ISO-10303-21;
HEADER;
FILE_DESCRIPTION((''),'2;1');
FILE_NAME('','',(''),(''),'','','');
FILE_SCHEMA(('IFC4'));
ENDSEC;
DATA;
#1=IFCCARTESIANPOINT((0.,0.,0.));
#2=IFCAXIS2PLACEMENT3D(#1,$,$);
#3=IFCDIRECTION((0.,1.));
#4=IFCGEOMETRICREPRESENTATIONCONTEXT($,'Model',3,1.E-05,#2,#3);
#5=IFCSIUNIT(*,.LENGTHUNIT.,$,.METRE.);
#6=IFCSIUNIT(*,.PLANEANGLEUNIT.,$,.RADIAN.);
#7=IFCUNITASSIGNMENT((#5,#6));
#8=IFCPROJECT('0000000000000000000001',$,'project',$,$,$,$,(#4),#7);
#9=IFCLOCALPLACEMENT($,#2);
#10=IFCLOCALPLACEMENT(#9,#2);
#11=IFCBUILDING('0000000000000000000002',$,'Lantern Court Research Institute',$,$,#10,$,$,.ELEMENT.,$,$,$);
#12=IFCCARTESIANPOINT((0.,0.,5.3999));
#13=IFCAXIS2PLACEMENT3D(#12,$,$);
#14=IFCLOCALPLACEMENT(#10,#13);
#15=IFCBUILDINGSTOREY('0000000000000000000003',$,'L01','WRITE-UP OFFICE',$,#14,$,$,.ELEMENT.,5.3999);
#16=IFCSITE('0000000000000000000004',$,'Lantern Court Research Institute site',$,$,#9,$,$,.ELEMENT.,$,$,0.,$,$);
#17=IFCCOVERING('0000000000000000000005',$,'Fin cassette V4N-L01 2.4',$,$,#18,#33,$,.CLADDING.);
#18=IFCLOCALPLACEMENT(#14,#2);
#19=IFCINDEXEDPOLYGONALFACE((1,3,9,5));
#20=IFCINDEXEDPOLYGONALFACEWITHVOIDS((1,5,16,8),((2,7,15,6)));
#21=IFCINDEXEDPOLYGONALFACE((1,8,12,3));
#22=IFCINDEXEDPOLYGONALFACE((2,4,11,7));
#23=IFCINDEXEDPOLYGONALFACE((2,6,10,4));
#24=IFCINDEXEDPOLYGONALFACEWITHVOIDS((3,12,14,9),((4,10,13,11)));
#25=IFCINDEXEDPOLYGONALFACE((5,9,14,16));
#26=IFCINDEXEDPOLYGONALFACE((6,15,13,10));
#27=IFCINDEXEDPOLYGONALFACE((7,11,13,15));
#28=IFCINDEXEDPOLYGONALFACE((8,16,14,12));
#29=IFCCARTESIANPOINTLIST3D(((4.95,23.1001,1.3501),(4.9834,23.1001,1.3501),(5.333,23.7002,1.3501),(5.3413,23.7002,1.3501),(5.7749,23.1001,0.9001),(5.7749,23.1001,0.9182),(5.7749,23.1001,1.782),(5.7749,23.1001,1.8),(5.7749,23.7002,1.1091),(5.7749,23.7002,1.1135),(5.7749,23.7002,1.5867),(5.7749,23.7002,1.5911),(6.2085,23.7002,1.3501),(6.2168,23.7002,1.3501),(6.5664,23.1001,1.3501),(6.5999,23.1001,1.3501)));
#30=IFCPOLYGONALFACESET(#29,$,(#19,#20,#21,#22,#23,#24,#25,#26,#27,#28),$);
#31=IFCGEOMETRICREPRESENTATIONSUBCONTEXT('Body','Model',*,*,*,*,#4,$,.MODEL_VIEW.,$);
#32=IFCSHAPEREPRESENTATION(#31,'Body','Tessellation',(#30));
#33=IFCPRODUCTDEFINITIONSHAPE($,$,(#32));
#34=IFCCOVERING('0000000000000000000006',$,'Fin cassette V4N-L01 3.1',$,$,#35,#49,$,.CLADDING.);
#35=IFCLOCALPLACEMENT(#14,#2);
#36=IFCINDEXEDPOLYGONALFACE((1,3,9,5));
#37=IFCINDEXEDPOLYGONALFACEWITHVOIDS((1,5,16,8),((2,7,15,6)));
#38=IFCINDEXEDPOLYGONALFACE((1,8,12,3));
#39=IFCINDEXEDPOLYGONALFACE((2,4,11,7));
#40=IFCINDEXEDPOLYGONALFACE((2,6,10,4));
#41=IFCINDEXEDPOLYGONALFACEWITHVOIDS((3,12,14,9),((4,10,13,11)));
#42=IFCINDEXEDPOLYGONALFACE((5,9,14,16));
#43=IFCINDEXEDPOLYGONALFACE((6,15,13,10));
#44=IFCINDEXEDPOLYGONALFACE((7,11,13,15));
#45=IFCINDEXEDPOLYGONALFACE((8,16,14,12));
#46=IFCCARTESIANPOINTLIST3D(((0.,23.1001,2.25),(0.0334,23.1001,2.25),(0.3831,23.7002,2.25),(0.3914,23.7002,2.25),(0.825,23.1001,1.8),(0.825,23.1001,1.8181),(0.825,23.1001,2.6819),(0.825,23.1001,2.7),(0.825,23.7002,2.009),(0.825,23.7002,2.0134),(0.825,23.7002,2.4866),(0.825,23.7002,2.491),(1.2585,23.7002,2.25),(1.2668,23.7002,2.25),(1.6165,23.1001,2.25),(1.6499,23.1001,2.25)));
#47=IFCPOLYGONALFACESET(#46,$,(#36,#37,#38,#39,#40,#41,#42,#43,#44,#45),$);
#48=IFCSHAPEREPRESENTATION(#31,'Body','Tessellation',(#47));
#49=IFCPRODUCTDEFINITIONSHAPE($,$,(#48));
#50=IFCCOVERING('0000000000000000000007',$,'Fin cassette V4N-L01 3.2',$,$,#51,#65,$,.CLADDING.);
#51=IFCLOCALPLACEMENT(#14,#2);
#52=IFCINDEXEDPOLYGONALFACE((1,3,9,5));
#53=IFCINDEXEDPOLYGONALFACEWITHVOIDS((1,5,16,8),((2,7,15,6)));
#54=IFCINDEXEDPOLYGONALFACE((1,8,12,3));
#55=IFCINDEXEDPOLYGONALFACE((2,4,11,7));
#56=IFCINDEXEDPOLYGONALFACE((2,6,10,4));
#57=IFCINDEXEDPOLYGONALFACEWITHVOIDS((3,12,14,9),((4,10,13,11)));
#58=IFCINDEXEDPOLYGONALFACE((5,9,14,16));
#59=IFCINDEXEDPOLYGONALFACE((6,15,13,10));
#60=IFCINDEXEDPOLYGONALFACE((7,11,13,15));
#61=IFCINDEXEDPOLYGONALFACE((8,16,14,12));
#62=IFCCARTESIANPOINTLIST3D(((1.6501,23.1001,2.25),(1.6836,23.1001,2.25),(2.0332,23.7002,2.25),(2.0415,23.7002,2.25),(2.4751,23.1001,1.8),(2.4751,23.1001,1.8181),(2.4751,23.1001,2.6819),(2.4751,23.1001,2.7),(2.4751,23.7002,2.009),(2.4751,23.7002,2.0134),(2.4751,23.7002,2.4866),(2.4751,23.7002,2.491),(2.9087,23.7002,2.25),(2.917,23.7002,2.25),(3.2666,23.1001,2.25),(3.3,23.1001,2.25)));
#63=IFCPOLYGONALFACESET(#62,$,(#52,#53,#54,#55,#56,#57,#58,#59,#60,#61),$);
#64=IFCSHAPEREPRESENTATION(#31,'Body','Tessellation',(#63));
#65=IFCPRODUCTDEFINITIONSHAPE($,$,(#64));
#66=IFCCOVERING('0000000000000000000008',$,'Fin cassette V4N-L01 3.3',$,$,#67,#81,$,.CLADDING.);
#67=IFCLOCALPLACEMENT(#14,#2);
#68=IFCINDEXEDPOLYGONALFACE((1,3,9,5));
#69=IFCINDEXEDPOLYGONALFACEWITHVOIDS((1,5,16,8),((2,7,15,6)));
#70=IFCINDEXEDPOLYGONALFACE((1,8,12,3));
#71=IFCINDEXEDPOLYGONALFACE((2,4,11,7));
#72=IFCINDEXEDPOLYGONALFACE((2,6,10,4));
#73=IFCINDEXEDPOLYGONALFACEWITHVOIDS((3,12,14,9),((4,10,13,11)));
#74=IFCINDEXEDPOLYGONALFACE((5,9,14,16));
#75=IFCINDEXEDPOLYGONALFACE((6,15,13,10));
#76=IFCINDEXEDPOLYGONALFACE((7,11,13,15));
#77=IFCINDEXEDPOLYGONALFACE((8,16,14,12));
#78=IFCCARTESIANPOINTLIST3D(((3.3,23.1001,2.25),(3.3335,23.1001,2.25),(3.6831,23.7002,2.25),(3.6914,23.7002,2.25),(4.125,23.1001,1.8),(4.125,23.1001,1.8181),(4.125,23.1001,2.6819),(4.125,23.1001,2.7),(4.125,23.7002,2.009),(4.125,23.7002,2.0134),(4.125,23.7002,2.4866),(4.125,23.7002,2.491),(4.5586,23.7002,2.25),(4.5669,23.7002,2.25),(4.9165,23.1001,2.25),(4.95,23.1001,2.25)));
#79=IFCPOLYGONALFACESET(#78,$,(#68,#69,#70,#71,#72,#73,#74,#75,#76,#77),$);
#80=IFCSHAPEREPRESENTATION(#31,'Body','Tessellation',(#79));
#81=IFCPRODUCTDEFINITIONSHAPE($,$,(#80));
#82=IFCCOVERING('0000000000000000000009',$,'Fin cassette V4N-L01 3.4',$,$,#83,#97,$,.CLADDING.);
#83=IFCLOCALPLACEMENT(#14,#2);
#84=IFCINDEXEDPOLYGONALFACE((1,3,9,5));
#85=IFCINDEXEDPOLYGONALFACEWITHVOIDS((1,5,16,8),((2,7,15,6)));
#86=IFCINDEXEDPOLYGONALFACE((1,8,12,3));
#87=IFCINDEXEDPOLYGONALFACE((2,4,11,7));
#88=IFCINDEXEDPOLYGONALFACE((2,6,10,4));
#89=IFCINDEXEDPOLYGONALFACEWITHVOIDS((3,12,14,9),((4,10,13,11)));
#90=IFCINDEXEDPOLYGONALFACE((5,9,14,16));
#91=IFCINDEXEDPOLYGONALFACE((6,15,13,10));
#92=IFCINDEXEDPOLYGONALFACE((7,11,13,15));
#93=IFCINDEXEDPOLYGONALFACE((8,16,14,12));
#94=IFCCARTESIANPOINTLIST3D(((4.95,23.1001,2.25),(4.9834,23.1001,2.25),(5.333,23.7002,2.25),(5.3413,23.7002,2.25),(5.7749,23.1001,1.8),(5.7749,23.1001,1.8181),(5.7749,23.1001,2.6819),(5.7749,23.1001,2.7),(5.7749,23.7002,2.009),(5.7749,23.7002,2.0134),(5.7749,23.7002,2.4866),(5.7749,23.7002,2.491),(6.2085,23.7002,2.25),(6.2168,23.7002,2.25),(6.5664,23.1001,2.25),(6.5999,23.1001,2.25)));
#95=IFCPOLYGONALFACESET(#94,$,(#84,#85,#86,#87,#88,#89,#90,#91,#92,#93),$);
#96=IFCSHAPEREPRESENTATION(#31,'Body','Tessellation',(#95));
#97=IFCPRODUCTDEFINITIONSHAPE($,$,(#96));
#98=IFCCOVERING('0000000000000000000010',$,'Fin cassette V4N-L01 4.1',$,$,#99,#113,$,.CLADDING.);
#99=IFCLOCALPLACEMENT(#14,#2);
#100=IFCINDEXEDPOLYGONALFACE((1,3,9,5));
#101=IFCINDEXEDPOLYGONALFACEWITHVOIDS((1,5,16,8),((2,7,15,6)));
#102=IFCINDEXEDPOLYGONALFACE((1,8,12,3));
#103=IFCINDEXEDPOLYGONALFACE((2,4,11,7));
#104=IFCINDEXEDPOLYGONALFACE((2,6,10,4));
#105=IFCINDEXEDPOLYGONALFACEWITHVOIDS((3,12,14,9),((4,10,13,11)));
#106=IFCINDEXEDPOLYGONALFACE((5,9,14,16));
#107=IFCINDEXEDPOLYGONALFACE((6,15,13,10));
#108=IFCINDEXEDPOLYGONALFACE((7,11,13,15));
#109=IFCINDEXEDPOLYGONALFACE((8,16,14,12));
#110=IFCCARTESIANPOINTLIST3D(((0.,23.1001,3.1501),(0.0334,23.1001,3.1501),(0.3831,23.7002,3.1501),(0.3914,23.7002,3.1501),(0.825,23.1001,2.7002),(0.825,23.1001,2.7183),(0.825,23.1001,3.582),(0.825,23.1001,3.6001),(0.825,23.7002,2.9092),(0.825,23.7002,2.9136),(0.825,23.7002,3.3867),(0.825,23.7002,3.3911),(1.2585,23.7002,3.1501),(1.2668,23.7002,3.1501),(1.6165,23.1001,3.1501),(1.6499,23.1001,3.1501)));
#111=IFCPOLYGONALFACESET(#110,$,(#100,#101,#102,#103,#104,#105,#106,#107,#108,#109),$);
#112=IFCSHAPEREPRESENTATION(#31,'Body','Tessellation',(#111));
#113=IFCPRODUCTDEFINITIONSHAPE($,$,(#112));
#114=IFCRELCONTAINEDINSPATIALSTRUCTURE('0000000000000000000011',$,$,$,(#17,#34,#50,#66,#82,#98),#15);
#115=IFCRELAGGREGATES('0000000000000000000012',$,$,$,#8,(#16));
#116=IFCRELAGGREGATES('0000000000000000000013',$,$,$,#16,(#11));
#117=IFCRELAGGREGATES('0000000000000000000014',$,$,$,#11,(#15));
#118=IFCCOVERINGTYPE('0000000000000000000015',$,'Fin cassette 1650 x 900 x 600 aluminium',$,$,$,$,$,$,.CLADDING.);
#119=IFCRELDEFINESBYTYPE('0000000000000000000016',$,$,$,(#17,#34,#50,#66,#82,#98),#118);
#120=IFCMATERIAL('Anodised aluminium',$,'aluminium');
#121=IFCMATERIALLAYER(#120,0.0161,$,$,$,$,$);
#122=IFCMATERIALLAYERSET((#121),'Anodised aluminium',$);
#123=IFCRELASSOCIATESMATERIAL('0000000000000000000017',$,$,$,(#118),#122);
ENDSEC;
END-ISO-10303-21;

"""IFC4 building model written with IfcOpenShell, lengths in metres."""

from ifc_helpers import new_model, entity, si_unit, direction, frame, origin, place, context, subcontext, project, spatial, material, layer, layer_set, type_object, element, save


model = new_model("IFC4")

# Units and contexts
model_context = context("Model", 3, precision=1e-05, world=origin(), true_north=direction((0.0, 1.0)))
body_context = subcontext(model_context, "Body", "Model", "MODEL_VIEW")
ifc_project = project(units=[si_unit("LENGTHUNIT", "METRE"), si_unit("PLANEANGLEUNIT", "RADIAN")], contexts=[model_context])

# Site, building, storey
site_placement = place(None, origin())
site = spatial("IfcSite", under=ifc_project, at=site_placement, Name="Lantern Court Research Institute site", CompositionType="ELEMENT", RefElevation=0.0)
building_placement = place(site_placement, origin())
building = spatial("IfcBuilding", under=site, at=building_placement, Name="Lantern Court Research Institute", CompositionType="ELEMENT")
storey_placement = place(building_placement, frame((0.0, 0.0, 5.3999)))
storey = spatial("IfcBuildingStorey", under=building, at=storey_placement, Name="L01", Description="WRITE-UP OFFICE", CompositionType="ELEMENT", Elevation=5.3999)

# Coverings
ifc_material_1 = material(Name="Anodised aluminium", Category="aluminium")
ifc_layer_1 = layer(ifc_material_1, 0.0161)
ifc_layer_set_1 = layer_set([ifc_layer_1], Name="Anodised aluminium")
covering_type = type_object("IfcCoveringType", Name="Fin cassette 1650 x 900 x 600 aluminium", PredefinedType="CLADDING", material=ifc_layer_set_1)
covering_1_placement = place(storey_placement, frame((5.7749, 23.1001, 1.3501), z_axis=(0.0, 1.0, 0.0), x_axis=(-1.0, 0.0, 0.0)))
cartesian_point_1 = entity("IfcCartesianPoint", [0.825, 0.0])
cartesian_point_2 = entity("IfcCartesianPoint", [0.7915, 0.0])
cartesian_point_3 = entity("IfcCartesianPoint", [0.4419, 0.0])
cartesian_point_4 = entity("IfcCartesianPoint", [0.4336, 0.0])
element("IfcCovering", 1, at=covering_1_placement, inside=storey, type_object=covering_type, Name="Fin cassette V4N-L01 2.4", PredefinedType="CLADDING", context=body_context, shape_type="SweptSolid", body=[
    entity("IfcExtrudedAreaSolidTapered", entity("IfcArbitraryProfileDefWithVoids", "AREA", None, entity("IfcPolyline", [cartesian_point_1, entity("IfcCartesianPoint", [0.0, 0.45]), entity("IfcCartesianPoint", [-0.825, 0.0]), entity("IfcCartesianPoint", [0.0, -0.45]), cartesian_point_1]), [entity("IfcPolyline", [cartesian_point_2, entity("IfcCartesianPoint", [0.0, 0.4319]), entity("IfcCartesianPoint", [-0.7915, 0.0]), entity("IfcCartesianPoint", [0.0, -0.4319]), cartesian_point_2])]), entity("IfcAxis2Placement3D", entity("IfcCartesianPoint", [0.0, 0.0, 0.0])), entity("IfcDirection", [0.0, 0.0, 1.0]), 0.6001, entity("IfcArbitraryProfileDefWithVoids", "AREA", None, entity("IfcPolyline", [cartesian_point_3, entity("IfcCartesianPoint", [0.0, 0.241]), entity("IfcCartesianPoint", [-0.4419, 0.0]), entity("IfcCartesianPoint", [0.0, -0.241]), cartesian_point_3]), [entity("IfcPolyline", [cartesian_point_4, entity("IfcCartesianPoint", [0.0, 0.2366]), entity("IfcCartesianPoint", [-0.4336, 0.0]), entity("IfcCartesianPoint", [0.0, -0.2366]), cartesian_point_4])])),
])
covering_2_placement = place(storey_placement, frame((0.825, 23.1001, 2.25), z_axis=(0.0, 1.0, 0.0), x_axis=(-1.0, 0.0, 0.0)))
cartesian_point_5 = entity("IfcCartesianPoint", [0.825, 0.0])
cartesian_point_6 = entity("IfcCartesianPoint", [0.7915, 0.0])
cartesian_point_7 = entity("IfcCartesianPoint", [0.4419, 0.0])
cartesian_point_8 = entity("IfcCartesianPoint", [0.4336, 0.0])
element("IfcCovering", 2, at=covering_2_placement, inside=storey, type_object=covering_type, Name="Fin cassette V4N-L01 3.1", PredefinedType="CLADDING", context=body_context, shape_type="SweptSolid", body=[
    entity("IfcExtrudedAreaSolidTapered", entity("IfcArbitraryProfileDefWithVoids", "AREA", None, entity("IfcPolyline", [cartesian_point_5, entity("IfcCartesianPoint", [0.0, 0.45]), entity("IfcCartesianPoint", [-0.825, 0.0]), entity("IfcCartesianPoint", [0.0, -0.45]), cartesian_point_5]), [entity("IfcPolyline", [cartesian_point_6, entity("IfcCartesianPoint", [0.0, 0.4319]), entity("IfcCartesianPoint", [-0.7915, 0.0]), entity("IfcCartesianPoint", [0.0, -0.4319]), cartesian_point_6])]), entity("IfcAxis2Placement3D", entity("IfcCartesianPoint", [0.0, 0.0, 0.0])), entity("IfcDirection", [0.0, 0.0, 1.0]), 0.6001, entity("IfcArbitraryProfileDefWithVoids", "AREA", None, entity("IfcPolyline", [cartesian_point_7, entity("IfcCartesianPoint", [0.0, 0.241]), entity("IfcCartesianPoint", [-0.4419, 0.0]), entity("IfcCartesianPoint", [0.0, -0.241]), cartesian_point_7]), [entity("IfcPolyline", [cartesian_point_8, entity("IfcCartesianPoint", [0.0, 0.2366]), entity("IfcCartesianPoint", [-0.4336, 0.0]), entity("IfcCartesianPoint", [0.0, -0.2366]), cartesian_point_8])])),
])
covering_3_placement = place(storey_placement, frame((2.4751, 23.1001, 2.25), z_axis=(0.0, 1.0, 0.0), x_axis=(-1.0, 0.0, 0.0)))
cartesian_point_9 = entity("IfcCartesianPoint", [0.825, 0.0])
cartesian_point_10 = entity("IfcCartesianPoint", [0.7915, 0.0])
cartesian_point_11 = entity("IfcCartesianPoint", [0.4419, 0.0])
cartesian_point_12 = entity("IfcCartesianPoint", [0.4336, 0.0])
element("IfcCovering", 3, at=covering_3_placement, inside=storey, type_object=covering_type, Name="Fin cassette V4N-L01 3.2", PredefinedType="CLADDING", context=body_context, shape_type="SweptSolid", body=[
    entity("IfcExtrudedAreaSolidTapered", entity("IfcArbitraryProfileDefWithVoids", "AREA", None, entity("IfcPolyline", [cartesian_point_9, entity("IfcCartesianPoint", [0.0, 0.45]), entity("IfcCartesianPoint", [-0.825, 0.0]), entity("IfcCartesianPoint", [0.0, -0.45]), cartesian_point_9]), [entity("IfcPolyline", [cartesian_point_10, entity("IfcCartesianPoint", [0.0, 0.4319]), entity("IfcCartesianPoint", [-0.7915, 0.0]), entity("IfcCartesianPoint", [0.0, -0.4319]), cartesian_point_10])]), entity("IfcAxis2Placement3D", entity("IfcCartesianPoint", [0.0, 0.0, 0.0])), entity("IfcDirection", [0.0, 0.0, 1.0]), 0.6001, entity("IfcArbitraryProfileDefWithVoids", "AREA", None, entity("IfcPolyline", [cartesian_point_11, entity("IfcCartesianPoint", [0.0, 0.241]), entity("IfcCartesianPoint", [-0.4419, 0.0]), entity("IfcCartesianPoint", [0.0, -0.241]), cartesian_point_11]), [entity("IfcPolyline", [cartesian_point_12, entity("IfcCartesianPoint", [0.0, 0.2366]), entity("IfcCartesianPoint", [-0.4336, 0.0]), entity("IfcCartesianPoint", [0.0, -0.2366]), cartesian_point_12])])),
])
covering_4_placement = place(storey_placement, frame((4.125, 23.1001, 2.25), z_axis=(0.0, 1.0, 0.0), x_axis=(-1.0, 0.0, 0.0)))
cartesian_point_13 = entity("IfcCartesianPoint", [0.825, 0.0])
cartesian_point_14 = entity("IfcCartesianPoint", [0.7915, 0.0])
cartesian_point_15 = entity("IfcCartesianPoint", [0.4419, 0.0])
cartesian_point_16 = entity("IfcCartesianPoint", [0.4336, 0.0])
element("IfcCovering", 4, at=covering_4_placement, inside=storey, type_object=covering_type, Name="Fin cassette V4N-L01 3.3", PredefinedType="CLADDING", context=body_context, shape_type="SweptSolid", body=[
    entity("IfcExtrudedAreaSolidTapered", entity("IfcArbitraryProfileDefWithVoids", "AREA", None, entity("IfcPolyline", [cartesian_point_13, entity("IfcCartesianPoint", [0.0, 0.45]), entity("IfcCartesianPoint", [-0.825, 0.0]), entity("IfcCartesianPoint", [0.0, -0.45]), cartesian_point_13]), [entity("IfcPolyline", [cartesian_point_14, entity("IfcCartesianPoint", [0.0, 0.4319]), entity("IfcCartesianPoint", [-0.7915, 0.0]), entity("IfcCartesianPoint", [0.0, -0.4319]), cartesian_point_14])]), entity("IfcAxis2Placement3D", entity("IfcCartesianPoint", [0.0, 0.0, 0.0])), entity("IfcDirection", [0.0, 0.0, 1.0]), 0.6001, entity("IfcArbitraryProfileDefWithVoids", "AREA", None, entity("IfcPolyline", [cartesian_point_15, entity("IfcCartesianPoint", [0.0, 0.241]), entity("IfcCartesianPoint", [-0.4419, 0.0]), entity("IfcCartesianPoint", [0.0, -0.241]), cartesian_point_15]), [entity("IfcPolyline", [cartesian_point_16, entity("IfcCartesianPoint", [0.0, 0.2366]), entity("IfcCartesianPoint", [-0.4336, 0.0]), entity("IfcCartesianPoint", [0.0, -0.2366]), cartesian_point_16])])),
])
covering_5_placement = place(storey_placement, frame((5.7749, 23.1001, 2.25), z_axis=(0.0, 1.0, 0.0), x_axis=(-1.0, 0.0, 0.0)))
cartesian_point_17 = entity("IfcCartesianPoint", [0.825, 0.0])
cartesian_point_18 = entity("IfcCartesianPoint", [0.7915, 0.0])
cartesian_point_19 = entity("IfcCartesianPoint", [0.4419, 0.0])
cartesian_point_20 = entity("IfcCartesianPoint", [0.4336, 0.0])
element("IfcCovering", 5, at=covering_5_placement, inside=storey, type_object=covering_type, Name="Fin cassette V4N-L01 3.4", PredefinedType="CLADDING", context=body_context, shape_type="SweptSolid", body=[
    entity("IfcExtrudedAreaSolidTapered", entity("IfcArbitraryProfileDefWithVoids", "AREA", None, entity("IfcPolyline", [cartesian_point_17, entity("IfcCartesianPoint", [0.0, 0.45]), entity("IfcCartesianPoint", [-0.825, 0.0]), entity("IfcCartesianPoint", [0.0, -0.45]), cartesian_point_17]), [entity("IfcPolyline", [cartesian_point_18, entity("IfcCartesianPoint", [0.0, 0.4319]), entity("IfcCartesianPoint", [-0.7915, 0.0]), entity("IfcCartesianPoint", [0.0, -0.4319]), cartesian_point_18])]), entity("IfcAxis2Placement3D", entity("IfcCartesianPoint", [0.0, 0.0, 0.0])), entity("IfcDirection", [0.0, 0.0, 1.0]), 0.6001, entity("IfcArbitraryProfileDefWithVoids", "AREA", None, entity("IfcPolyline", [cartesian_point_19, entity("IfcCartesianPoint", [0.0, 0.241]), entity("IfcCartesianPoint", [-0.4419, 0.0]), entity("IfcCartesianPoint", [0.0, -0.241]), cartesian_point_19]), [entity("IfcPolyline", [cartesian_point_20, entity("IfcCartesianPoint", [0.0, 0.2366]), entity("IfcCartesianPoint", [-0.4336, 0.0]), entity("IfcCartesianPoint", [0.0, -0.2366]), cartesian_point_20])])),
])
covering_6_placement = place(storey_placement, frame((0.825, 23.1001, 3.1501), z_axis=(0.0, 1.0, 0.0), x_axis=(-1.0, 0.0, 0.0)))
cartesian_point_21 = entity("IfcCartesianPoint", [0.825, 0.0])
cartesian_point_22 = entity("IfcCartesianPoint", [0.7915, 0.0])
cartesian_point_23 = entity("IfcCartesianPoint", [0.4419, 0.0])
cartesian_point_24 = entity("IfcCartesianPoint", [0.4336, 0.0])
element("IfcCovering", 6, at=covering_6_placement, inside=storey, type_object=covering_type, Name="Fin cassette V4N-L01 4.1", PredefinedType="CLADDING", context=body_context, shape_type="SweptSolid", body=[
    entity("IfcExtrudedAreaSolidTapered", entity("IfcArbitraryProfileDefWithVoids", "AREA", None, entity("IfcPolyline", [cartesian_point_21, entity("IfcCartesianPoint", [0.0, 0.45]), entity("IfcCartesianPoint", [-0.825, 0.0]), entity("IfcCartesianPoint", [0.0, -0.45]), cartesian_point_21]), [entity("IfcPolyline", [cartesian_point_22, entity("IfcCartesianPoint", [0.0, 0.4319]), entity("IfcCartesianPoint", [-0.7915, 0.0]), entity("IfcCartesianPoint", [0.0, -0.4319]), cartesian_point_22])]), entity("IfcAxis2Placement3D", entity("IfcCartesianPoint", [0.0, 0.0, 0.0])), entity("IfcDirection", [0.0, 0.0, 1.0]), 0.6001, entity("IfcArbitraryProfileDefWithVoids", "AREA", None, entity("IfcPolyline", [cartesian_point_23, entity("IfcCartesianPoint", [0.0, 0.241]), entity("IfcCartesianPoint", [-0.4419, 0.0]), entity("IfcCartesianPoint", [0.0, -0.241]), cartesian_point_23]), [entity("IfcPolyline", [cartesian_point_24, entity("IfcCartesianPoint", [0.0, 0.2366]), entity("IfcCartesianPoint", [-0.4336, 0.0]), entity("IfcCartesianPoint", [0.0, -0.2366]), cartesian_point_24])])),
])

save(model, "model.ifc")
